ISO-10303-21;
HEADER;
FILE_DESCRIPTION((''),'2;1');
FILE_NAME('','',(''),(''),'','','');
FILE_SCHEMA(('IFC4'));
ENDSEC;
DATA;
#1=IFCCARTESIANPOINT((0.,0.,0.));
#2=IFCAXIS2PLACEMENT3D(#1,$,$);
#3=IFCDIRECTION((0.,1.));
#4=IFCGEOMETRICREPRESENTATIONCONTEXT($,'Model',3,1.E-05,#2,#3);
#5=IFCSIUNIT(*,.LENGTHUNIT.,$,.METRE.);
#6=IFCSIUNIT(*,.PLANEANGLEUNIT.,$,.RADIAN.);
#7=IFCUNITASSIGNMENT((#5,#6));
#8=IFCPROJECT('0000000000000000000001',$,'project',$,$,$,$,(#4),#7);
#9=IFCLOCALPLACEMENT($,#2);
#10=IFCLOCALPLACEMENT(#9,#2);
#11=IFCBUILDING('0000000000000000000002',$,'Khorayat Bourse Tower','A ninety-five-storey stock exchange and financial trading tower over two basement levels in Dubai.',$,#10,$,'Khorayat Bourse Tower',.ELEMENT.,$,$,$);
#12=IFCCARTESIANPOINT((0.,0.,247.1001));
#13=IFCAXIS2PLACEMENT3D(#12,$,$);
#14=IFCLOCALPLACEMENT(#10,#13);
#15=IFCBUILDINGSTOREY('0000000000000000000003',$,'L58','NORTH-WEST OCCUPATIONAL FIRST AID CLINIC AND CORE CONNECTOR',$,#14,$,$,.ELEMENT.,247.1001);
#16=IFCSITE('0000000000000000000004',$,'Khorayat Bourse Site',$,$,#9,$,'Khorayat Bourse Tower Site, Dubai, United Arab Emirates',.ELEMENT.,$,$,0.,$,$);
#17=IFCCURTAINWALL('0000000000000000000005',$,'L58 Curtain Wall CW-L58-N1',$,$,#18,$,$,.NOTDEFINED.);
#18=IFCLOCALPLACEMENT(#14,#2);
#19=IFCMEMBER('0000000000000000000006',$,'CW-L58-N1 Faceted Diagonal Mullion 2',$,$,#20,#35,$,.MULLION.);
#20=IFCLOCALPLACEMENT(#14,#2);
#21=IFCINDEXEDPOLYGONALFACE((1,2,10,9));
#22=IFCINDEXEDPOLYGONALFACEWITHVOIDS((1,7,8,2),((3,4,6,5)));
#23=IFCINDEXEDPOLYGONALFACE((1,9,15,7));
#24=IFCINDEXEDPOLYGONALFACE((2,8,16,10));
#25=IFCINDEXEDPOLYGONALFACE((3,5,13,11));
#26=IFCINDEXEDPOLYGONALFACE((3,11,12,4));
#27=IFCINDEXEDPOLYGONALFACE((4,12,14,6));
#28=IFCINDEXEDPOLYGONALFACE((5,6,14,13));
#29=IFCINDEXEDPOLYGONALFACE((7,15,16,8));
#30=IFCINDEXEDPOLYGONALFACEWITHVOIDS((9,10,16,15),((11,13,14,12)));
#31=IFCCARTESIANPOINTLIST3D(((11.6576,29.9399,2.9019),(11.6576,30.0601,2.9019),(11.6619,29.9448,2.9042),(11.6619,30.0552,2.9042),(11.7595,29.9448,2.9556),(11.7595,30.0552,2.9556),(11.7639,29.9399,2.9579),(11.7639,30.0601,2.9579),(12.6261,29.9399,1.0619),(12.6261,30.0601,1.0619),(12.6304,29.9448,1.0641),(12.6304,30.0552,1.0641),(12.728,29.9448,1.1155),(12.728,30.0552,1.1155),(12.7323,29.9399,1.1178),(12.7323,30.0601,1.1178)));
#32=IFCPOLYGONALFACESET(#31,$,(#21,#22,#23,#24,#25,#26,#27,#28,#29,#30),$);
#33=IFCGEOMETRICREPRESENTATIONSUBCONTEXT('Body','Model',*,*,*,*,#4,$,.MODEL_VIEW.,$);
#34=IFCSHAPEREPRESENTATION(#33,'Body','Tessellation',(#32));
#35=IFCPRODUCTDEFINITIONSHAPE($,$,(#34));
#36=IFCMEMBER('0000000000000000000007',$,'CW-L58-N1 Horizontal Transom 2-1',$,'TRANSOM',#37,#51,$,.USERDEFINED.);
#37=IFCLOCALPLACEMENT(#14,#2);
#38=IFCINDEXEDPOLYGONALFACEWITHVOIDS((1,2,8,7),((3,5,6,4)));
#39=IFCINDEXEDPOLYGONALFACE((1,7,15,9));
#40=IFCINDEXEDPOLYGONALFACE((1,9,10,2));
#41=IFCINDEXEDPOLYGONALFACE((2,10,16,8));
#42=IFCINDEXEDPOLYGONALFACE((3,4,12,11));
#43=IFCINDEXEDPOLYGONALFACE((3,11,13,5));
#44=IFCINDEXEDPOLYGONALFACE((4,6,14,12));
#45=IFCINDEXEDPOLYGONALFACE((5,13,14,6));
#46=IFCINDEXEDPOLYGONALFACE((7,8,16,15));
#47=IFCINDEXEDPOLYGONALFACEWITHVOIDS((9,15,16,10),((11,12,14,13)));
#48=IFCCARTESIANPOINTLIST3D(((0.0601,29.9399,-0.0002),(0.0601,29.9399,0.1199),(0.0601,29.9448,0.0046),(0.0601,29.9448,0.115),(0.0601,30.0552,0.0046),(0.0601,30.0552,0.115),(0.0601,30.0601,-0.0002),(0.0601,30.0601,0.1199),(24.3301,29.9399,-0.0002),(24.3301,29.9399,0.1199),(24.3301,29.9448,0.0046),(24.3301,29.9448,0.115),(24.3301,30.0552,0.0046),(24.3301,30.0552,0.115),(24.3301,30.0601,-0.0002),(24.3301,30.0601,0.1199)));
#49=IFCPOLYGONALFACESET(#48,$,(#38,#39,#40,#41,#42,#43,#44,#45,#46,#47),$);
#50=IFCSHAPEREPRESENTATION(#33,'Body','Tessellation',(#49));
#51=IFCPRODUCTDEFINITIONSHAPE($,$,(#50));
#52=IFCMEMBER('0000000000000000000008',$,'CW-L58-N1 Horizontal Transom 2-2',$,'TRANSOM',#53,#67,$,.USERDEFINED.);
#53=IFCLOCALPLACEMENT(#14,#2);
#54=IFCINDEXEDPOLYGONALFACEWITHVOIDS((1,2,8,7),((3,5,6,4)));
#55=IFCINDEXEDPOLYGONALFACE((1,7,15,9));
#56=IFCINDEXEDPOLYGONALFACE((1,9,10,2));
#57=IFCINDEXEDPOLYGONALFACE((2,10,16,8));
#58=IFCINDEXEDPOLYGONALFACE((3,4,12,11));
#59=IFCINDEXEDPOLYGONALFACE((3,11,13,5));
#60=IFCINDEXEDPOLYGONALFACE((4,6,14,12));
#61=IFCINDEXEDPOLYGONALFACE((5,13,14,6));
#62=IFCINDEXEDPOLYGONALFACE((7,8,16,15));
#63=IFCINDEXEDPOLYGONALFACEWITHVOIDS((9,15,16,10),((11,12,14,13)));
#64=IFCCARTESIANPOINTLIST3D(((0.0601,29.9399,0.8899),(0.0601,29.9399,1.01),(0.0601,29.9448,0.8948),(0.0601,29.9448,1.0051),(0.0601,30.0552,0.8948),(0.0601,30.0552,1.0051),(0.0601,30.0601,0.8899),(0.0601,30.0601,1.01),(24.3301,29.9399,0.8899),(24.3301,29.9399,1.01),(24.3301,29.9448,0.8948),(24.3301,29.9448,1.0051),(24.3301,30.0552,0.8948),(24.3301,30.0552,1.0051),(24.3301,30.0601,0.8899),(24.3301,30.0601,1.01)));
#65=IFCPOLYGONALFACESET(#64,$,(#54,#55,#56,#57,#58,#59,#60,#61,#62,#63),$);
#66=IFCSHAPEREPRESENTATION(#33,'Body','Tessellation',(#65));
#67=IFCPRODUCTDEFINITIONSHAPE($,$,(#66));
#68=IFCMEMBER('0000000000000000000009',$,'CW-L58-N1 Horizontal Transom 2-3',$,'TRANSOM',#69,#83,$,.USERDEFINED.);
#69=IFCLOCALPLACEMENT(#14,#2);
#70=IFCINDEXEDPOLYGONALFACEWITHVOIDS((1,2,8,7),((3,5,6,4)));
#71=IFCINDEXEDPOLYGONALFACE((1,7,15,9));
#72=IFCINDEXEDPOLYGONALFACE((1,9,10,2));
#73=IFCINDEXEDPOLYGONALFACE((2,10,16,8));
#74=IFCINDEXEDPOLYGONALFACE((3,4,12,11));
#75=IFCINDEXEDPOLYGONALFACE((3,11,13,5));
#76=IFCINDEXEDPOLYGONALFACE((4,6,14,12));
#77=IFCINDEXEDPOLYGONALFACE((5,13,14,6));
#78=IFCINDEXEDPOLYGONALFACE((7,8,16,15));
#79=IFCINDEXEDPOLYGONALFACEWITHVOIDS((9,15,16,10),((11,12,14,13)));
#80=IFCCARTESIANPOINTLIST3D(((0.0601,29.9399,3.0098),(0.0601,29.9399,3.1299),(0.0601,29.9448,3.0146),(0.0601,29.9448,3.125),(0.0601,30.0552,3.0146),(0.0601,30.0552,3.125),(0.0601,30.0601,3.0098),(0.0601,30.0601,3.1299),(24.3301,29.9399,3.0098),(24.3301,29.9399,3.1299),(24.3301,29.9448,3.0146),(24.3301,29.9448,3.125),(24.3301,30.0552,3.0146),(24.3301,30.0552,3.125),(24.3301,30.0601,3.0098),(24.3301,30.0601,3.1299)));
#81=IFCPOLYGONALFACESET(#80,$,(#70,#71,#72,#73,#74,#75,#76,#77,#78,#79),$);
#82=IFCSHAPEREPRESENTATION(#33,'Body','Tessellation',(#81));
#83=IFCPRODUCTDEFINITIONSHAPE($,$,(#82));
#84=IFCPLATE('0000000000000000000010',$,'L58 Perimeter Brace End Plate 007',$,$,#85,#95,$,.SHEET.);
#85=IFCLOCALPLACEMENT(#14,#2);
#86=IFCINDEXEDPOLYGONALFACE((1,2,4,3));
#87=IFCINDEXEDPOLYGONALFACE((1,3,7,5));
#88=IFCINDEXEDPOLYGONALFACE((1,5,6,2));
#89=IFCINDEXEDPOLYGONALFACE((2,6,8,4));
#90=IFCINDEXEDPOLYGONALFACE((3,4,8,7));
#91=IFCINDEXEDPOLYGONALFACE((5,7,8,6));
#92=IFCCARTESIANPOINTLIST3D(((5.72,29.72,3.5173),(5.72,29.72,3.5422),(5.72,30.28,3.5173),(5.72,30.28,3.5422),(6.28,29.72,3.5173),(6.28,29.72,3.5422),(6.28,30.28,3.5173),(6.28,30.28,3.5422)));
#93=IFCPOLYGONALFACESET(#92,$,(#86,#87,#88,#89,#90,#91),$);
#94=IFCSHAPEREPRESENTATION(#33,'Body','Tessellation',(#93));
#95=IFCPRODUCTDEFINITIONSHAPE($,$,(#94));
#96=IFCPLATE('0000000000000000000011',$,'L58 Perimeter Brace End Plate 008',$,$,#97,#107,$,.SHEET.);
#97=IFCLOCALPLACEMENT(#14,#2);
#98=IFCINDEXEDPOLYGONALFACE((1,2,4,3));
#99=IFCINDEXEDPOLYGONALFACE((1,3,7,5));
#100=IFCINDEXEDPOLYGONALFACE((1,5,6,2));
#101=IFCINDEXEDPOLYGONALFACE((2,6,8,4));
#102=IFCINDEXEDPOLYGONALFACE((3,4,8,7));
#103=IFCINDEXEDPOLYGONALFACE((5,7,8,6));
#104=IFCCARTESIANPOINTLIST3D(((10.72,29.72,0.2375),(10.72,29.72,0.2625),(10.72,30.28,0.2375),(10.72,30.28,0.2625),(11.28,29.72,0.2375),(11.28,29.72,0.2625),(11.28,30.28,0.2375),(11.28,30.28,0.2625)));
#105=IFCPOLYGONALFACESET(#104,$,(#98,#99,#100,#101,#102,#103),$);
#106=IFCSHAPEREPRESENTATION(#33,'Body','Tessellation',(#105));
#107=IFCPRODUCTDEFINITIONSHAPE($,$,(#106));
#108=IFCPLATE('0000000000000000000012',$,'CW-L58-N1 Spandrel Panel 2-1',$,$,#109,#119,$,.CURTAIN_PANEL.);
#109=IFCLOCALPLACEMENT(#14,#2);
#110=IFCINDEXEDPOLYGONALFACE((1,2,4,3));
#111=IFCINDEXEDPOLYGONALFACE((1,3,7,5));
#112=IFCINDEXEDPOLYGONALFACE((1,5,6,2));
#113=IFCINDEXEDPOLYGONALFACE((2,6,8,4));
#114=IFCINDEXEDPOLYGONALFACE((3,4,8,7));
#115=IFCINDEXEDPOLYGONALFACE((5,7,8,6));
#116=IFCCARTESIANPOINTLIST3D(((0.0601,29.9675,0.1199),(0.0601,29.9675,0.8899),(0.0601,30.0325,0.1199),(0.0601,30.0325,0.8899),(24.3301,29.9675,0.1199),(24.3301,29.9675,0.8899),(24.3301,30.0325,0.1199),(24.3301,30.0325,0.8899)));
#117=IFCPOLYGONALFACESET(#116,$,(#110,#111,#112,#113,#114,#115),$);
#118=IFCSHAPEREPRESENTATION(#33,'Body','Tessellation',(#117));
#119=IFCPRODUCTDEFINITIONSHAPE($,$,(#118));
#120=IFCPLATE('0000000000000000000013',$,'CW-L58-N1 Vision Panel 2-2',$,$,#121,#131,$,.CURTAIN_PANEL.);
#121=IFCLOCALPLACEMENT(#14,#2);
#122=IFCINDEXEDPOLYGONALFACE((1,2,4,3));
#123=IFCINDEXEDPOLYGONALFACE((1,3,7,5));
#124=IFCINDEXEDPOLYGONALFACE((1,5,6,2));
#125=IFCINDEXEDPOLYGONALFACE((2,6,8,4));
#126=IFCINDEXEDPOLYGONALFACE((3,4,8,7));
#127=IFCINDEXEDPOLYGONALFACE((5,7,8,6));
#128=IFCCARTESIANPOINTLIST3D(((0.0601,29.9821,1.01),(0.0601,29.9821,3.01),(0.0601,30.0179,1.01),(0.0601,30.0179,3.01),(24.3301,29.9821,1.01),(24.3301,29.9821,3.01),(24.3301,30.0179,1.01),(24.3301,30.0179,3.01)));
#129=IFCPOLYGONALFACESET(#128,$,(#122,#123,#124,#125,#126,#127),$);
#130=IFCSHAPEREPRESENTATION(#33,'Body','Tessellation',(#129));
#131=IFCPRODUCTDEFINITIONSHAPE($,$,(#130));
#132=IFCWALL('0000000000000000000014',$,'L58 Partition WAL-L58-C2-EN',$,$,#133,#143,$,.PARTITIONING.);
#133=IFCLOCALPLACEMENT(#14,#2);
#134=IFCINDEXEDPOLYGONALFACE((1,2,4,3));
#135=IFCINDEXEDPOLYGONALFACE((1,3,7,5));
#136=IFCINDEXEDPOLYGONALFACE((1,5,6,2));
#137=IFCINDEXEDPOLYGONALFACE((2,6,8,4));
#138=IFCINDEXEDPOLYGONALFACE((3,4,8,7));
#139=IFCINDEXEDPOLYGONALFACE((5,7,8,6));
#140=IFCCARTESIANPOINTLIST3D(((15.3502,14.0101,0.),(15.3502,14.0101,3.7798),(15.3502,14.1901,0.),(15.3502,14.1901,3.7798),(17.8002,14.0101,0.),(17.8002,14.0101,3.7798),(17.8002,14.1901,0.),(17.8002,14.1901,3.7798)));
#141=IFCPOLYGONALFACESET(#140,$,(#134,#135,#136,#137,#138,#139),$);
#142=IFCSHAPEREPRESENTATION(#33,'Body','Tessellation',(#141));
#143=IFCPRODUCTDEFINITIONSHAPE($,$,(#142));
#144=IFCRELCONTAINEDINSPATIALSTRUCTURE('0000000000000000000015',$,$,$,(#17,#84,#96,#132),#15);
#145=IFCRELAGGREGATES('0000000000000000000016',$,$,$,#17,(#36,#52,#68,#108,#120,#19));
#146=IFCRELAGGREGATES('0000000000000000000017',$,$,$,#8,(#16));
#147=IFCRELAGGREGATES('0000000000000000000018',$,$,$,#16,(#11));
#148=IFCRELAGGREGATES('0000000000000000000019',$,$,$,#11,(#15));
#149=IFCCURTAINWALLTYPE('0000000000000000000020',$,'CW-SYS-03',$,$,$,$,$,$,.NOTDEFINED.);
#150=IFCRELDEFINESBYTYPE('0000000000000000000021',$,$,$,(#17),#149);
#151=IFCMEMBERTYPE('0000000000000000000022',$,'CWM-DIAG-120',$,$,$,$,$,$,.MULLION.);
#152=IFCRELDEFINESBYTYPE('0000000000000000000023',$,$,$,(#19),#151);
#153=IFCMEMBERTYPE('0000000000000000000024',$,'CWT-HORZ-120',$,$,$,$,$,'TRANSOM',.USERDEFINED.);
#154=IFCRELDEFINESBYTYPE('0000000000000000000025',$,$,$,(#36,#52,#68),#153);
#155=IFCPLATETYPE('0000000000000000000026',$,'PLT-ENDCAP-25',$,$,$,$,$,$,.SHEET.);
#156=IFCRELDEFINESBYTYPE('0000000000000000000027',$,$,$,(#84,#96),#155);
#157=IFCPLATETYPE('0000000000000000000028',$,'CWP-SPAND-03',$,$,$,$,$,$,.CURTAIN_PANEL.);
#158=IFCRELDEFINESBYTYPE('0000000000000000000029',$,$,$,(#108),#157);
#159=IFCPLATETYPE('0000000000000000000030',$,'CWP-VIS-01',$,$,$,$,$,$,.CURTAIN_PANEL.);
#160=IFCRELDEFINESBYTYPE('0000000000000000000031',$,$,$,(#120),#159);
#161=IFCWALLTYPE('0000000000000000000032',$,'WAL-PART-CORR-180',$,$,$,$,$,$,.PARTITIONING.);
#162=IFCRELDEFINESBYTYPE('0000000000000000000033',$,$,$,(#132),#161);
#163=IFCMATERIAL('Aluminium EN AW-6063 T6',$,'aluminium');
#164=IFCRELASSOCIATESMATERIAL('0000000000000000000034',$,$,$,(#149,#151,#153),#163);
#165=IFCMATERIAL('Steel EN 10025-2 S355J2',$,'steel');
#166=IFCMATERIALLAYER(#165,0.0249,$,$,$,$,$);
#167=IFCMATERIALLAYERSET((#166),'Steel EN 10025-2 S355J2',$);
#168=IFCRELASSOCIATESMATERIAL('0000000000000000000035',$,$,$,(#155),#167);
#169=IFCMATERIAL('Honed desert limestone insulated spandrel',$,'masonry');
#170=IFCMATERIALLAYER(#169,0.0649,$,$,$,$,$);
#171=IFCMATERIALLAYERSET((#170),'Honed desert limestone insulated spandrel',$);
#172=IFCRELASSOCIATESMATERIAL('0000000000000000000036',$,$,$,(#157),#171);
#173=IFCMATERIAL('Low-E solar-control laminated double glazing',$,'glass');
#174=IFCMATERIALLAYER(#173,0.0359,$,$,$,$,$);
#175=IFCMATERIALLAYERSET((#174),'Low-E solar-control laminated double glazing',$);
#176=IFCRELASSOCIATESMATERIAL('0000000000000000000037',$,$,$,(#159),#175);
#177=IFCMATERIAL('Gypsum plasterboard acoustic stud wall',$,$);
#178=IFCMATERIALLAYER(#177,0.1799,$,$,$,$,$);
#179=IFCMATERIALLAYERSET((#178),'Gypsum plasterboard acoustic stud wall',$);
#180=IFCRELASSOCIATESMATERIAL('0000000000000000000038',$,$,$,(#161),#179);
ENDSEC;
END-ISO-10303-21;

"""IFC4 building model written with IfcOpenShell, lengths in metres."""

from ifc_helpers import new_model, si_unit, direction, frame, frame_2d, origin, origin_2d, place, context, subcontext, project, spatial, rectangle, hollow_rectangle, extrude, source, transform, mapped, material, layer, layer_set, material_profile, profile_set, type_object, element, aggregate, save


model = new_model("IFC4")

# Units and contexts
model_context = context("Model", 3, precision=1e-05, world=origin(), true_north=direction((0.0, 1.0)))
body_context = subcontext(model_context, "Body", "Model", "MODEL_VIEW")
ifc_project = project(units=[si_unit("LENGTHUNIT", "METRE"), si_unit("PLANEANGLEUNIT", "RADIAN")], contexts=[model_context])

# Site, building, storey
site_placement = place(None, origin())
site = spatial("IfcSite", under=ifc_project, at=site_placement, Name="Khorayat Bourse Site", LongName="Khorayat Bourse Tower Site, Dubai, United Arab Emirates", CompositionType="ELEMENT", RefElevation=0.0)
building_placement = place(site_placement, origin())
building = spatial("IfcBuilding", under=site, at=building_placement, Name="Khorayat Bourse Tower", Description="A ninety-five-storey stock exchange and financial trading tower over two basement levels in Dubai.", LongName="Khorayat Bourse Tower", CompositionType="ELEMENT")
storey_placement = place(building_placement, frame((0.0, 0.0, 247.1001)))
storey = spatial("IfcBuildingStorey", under=building, at=storey_placement, Name="L58", Description="NORTH-WEST OCCUPATIONAL FIRST AID CLINIC AND CORE CONNECTOR", CompositionType="ELEMENT", Elevation=247.1001)

# Curtain wall, members
ifc_material_1 = material(Name="Aluminium EN AW-6063 T6", Category="aluminium")
curtain_wall_type = type_object("IfcCurtainWallType", Name="CW-SYS-03", PredefinedType="NOTDEFINED", material=ifc_material_1)
curtain_wall_placement = place(storey_placement, origin())
curtain_wall = element("IfcCurtainWall", 1, at=curtain_wall_placement, inside=storey, type_object=curtain_wall_type, Name="L58 Curtain Wall CW-L58-N1", PredefinedType="NOTDEFINED")
ifc_material_profile_1 = material_profile(ifc_material_1, hollow_rectangle(XDim=0.1201, YDim=0.1201, WallThickness=0.0049, at=origin_2d()), Name="ALU 120x120x5")
ifc_profile_set_1 = profile_set([ifc_material_profile_1], Name="Aluminium EN AW-6063 T6")
member_type_1 = type_object("IfcMemberType", Name="CWM-DIAG-120", PredefinedType="MULLION", material=ifc_profile_set_1)
shared_shape_1 = source(origin(), body_context, "Body", "SweptSolid", [
    extrude(hollow_rectangle(XDim=0.1201, YDim=0.1201, WallThickness=0.0049, at=origin_2d()), origin(), (0.0, 0.0, 1.0), 2.0793),
])
member_1_placement = place(storey_placement, frame((12.6792, 30.0, 1.0898), z_axis=(-0.465761, 0.0, 0.884911), x_axis=(0.0, -1.0, 0.0)))
member_1 = element("IfcMember", 2, at=member_1_placement, type_object=member_type_1, Name="CW-L58-N1 Faceted Diagonal Mullion 2", PredefinedType="MULLION", context=body_context, shape_type="MappedRepresentation", body=[
    mapped(shared_shape_1, transform((0.0, 0.0, 0.0), scale=1.0)),
])
ifc_material_profile_2 = material_profile(ifc_material_1, hollow_rectangle(XDim=0.1201, YDim=0.1201, WallThickness=0.0049, at=origin_2d()), Name="ALU 120x120x5")
ifc_profile_set_2 = profile_set([ifc_material_profile_2], Name="Aluminium EN AW-6063 T6")
member_type_2 = type_object("IfcMemberType", Name="CWT-HORZ-120", ElementType="TRANSOM", PredefinedType="USERDEFINED", material=ifc_profile_set_2)
shared_shape_2 = source(origin(), body_context, "Body", "SweptSolid", [
    extrude(hollow_rectangle(XDim=0.1201, YDim=0.1201, WallThickness=0.0049, at=origin_2d()), origin(), (0.0, 0.0, 1.0), 24.27),
])
member_2_placement = place(storey_placement, frame((0.0601, 30.0, 0.0598), z_axis=(1.0, 0.0, 0.0), x_axis=(0.0, 1.0, 0.0)))
member_2 = element("IfcMember", 3, at=member_2_placement, type_object=member_type_2, Name="CW-L58-N1 Horizontal Transom 2-1", ObjectType="TRANSOM", PredefinedType="USERDEFINED", context=body_context, shape_type="MappedRepresentation", body=[
    mapped(shared_shape_2, transform((0.0, 0.0, 0.0), scale=1.0)),
])
member_3_placement = place(storey_placement, frame((0.0601, 30.0, 0.95), z_axis=(1.0, 0.0, 0.0), x_axis=(0.0, 1.0, 0.0)))
member_3 = element("IfcMember", 4, at=member_3_placement, type_object=member_type_2, Name="CW-L58-N1 Horizontal Transom 2-2", ObjectType="TRANSOM", PredefinedType="USERDEFINED", context=body_context, shape_type="MappedRepresentation", body=[
    mapped(shared_shape_2, transform((0.0, 0.0, 0.0), scale=1.0)),
])
member_4_placement = place(storey_placement, frame((0.0601, 30.0, 3.0698), z_axis=(1.0, 0.0, 0.0), x_axis=(0.0, 1.0, 0.0)))
member_4 = element("IfcMember", 5, at=member_4_placement, type_object=member_type_2, Name="CW-L58-N1 Horizontal Transom 2-3", ObjectType="TRANSOM", PredefinedType="USERDEFINED", context=body_context, shape_type="MappedRepresentation", body=[
    mapped(shared_shape_2, transform((0.0, 0.0, 0.0), scale=1.0)),
])

# Plates
ifc_material_2 = material(Name="Steel EN 10025-2 S355J2", Category="steel")
ifc_layer_1 = layer(ifc_material_2, 0.0249)
ifc_layer_set_1 = layer_set([ifc_layer_1], Name="Steel EN 10025-2 S355J2")
plate_type_1 = type_object("IfcPlateType", Name="PLT-ENDCAP-25", PredefinedType="SHEET", material=ifc_layer_set_1)
shared_shape_3 = source(origin(), body_context, "Body", "SweptSolid", [
    extrude(rectangle(XDim=0.5601, YDim=0.5601, at=origin_2d()), origin(), (0.0, 0.0, 1.0), 0.0249),
])
for number, where, z_axis, x_axis, name in (
    (6, (6.0, 30.0, 3.5173), (0.0, 0.0, 1.0), (1.0, 0.0, 0.0), "L58 Perimeter Brace End Plate 007"),
    (7, (11.0, 30.0, 0.2375), (0.0, 0.0, 1.0), (1.0, 0.0, 0.0), "L58 Perimeter Brace End Plate 008"),
):
    element("IfcPlate", number, at=place(storey_placement, frame(where, z_axis=z_axis, x_axis=x_axis)), inside=storey, type_object=plate_type_1, Name=name, PredefinedType="SHEET", context=body_context, shape_type="MappedRepresentation", body=[
        mapped(shared_shape_3, transform((0.0, 0.0, 0.0), scale=1.0)),
    ])

# Plates
ifc_material_3 = material(Name="Honed desert limestone insulated spandrel", Category="masonry")
ifc_layer_2 = layer(ifc_material_3, 0.0649)
ifc_layer_set_2 = layer_set([ifc_layer_2], Name="Honed desert limestone insulated spandrel")
plate_type_2 = type_object("IfcPlateType", Name="CWP-SPAND-03", PredefinedType="CURTAIN_PANEL", material=ifc_layer_set_2)
shared_shape_4 = source(origin(), body_context, "Body", "SweptSolid", [
    extrude(rectangle(XDim=24.27, YDim=0.0649, at=origin_2d()), origin(), (0.0, 0.0, 1.0), 0.77),
])
plate_1_placement = place(storey_placement, frame((12.1951, 30.0, 0.1199), z_axis=(0.0, 0.0, 1.0), x_axis=(1.0, 0.0, 0.0)))
plate_1 = element("IfcPlate", 8, at=plate_1_placement, type_object=plate_type_2, Name="CW-L58-N1 Spandrel Panel 2-1", PredefinedType="CURTAIN_PANEL", context=body_context, shape_type="MappedRepresentation", body=[
    mapped(shared_shape_4, transform((0.0, 0.0, 0.0), scale=1.0)),
])
ifc_material_4 = material(Name="Low-E solar-control laminated double glazing", Category="glass")
ifc_layer_3 = layer(ifc_material_4, 0.0359)
ifc_layer_set_3 = layer_set([ifc_layer_3], Name="Low-E solar-control laminated double glazing")
plate_type_3 = type_object("IfcPlateType", Name="CWP-VIS-01", PredefinedType="CURTAIN_PANEL", material=ifc_layer_set_3)
shared_shape_5 = source(origin(), body_context, "Body", "SweptSolid", [
    extrude(rectangle(XDim=24.27, YDim=0.0359, at=origin_2d()), origin(), (0.0, 0.0, 1.0), 2.0),
])
plate_2_placement = place(storey_placement, frame((12.1951, 30.0, 1.01), z_axis=(0.0, 0.0, 1.0), x_axis=(1.0, 0.0, 0.0)))
plate_2 = element("IfcPlate", 9, at=plate_2_placement, type_object=plate_type_3, Name="CW-L58-N1 Vision Panel 2-2", PredefinedType="CURTAIN_PANEL", context=body_context, shape_type="MappedRepresentation", body=[
    mapped(shared_shape_5, transform((0.0, 0.0, 0.0), scale=1.0)),
])
aggregate(curtain_wall, [member_2, member_3, member_4, plate_1, plate_2, member_1])

# Wall
ifc_material_5 = material(Name="Gypsum plasterboard acoustic stud wall")
ifc_layer_4 = layer(ifc_material_5, 0.1799)
ifc_layer_set_4 = layer_set([ifc_layer_4], Name="Gypsum plasterboard acoustic stud wall")
wall_type_1 = type_object("IfcWallType", Name="WAL-PART-CORR-180", PredefinedType="PARTITIONING", material=ifc_layer_set_4)
shared_shape_6 = source(origin(), body_context, "Body", "SweptSolid", [
    extrude(rectangle(XDim=2.45, YDim=0.1799, at=frame_2d((1.2251, 0.0))), origin(), (0.0, 0.0, 1.0), 3.7798),
])
wall_1_placement = place(storey_placement, frame((15.3501, 14.1001, 0.0), z_axis=(0.0, 0.0, 1.0), x_axis=(1.0, 0.0, 0.0)))
element("IfcWall", 10, at=wall_1_placement, inside=storey, type_object=wall_type_1, Name="L58 Partition WAL-L58-C2-EN", PredefinedType="PARTITIONING", context=body_context, shape_type="MappedRepresentation", body=[
    mapped(shared_shape_6, transform((0.0, 0.0, 0.0), scale=1.0)),
])

save(model, "model.ifc")
